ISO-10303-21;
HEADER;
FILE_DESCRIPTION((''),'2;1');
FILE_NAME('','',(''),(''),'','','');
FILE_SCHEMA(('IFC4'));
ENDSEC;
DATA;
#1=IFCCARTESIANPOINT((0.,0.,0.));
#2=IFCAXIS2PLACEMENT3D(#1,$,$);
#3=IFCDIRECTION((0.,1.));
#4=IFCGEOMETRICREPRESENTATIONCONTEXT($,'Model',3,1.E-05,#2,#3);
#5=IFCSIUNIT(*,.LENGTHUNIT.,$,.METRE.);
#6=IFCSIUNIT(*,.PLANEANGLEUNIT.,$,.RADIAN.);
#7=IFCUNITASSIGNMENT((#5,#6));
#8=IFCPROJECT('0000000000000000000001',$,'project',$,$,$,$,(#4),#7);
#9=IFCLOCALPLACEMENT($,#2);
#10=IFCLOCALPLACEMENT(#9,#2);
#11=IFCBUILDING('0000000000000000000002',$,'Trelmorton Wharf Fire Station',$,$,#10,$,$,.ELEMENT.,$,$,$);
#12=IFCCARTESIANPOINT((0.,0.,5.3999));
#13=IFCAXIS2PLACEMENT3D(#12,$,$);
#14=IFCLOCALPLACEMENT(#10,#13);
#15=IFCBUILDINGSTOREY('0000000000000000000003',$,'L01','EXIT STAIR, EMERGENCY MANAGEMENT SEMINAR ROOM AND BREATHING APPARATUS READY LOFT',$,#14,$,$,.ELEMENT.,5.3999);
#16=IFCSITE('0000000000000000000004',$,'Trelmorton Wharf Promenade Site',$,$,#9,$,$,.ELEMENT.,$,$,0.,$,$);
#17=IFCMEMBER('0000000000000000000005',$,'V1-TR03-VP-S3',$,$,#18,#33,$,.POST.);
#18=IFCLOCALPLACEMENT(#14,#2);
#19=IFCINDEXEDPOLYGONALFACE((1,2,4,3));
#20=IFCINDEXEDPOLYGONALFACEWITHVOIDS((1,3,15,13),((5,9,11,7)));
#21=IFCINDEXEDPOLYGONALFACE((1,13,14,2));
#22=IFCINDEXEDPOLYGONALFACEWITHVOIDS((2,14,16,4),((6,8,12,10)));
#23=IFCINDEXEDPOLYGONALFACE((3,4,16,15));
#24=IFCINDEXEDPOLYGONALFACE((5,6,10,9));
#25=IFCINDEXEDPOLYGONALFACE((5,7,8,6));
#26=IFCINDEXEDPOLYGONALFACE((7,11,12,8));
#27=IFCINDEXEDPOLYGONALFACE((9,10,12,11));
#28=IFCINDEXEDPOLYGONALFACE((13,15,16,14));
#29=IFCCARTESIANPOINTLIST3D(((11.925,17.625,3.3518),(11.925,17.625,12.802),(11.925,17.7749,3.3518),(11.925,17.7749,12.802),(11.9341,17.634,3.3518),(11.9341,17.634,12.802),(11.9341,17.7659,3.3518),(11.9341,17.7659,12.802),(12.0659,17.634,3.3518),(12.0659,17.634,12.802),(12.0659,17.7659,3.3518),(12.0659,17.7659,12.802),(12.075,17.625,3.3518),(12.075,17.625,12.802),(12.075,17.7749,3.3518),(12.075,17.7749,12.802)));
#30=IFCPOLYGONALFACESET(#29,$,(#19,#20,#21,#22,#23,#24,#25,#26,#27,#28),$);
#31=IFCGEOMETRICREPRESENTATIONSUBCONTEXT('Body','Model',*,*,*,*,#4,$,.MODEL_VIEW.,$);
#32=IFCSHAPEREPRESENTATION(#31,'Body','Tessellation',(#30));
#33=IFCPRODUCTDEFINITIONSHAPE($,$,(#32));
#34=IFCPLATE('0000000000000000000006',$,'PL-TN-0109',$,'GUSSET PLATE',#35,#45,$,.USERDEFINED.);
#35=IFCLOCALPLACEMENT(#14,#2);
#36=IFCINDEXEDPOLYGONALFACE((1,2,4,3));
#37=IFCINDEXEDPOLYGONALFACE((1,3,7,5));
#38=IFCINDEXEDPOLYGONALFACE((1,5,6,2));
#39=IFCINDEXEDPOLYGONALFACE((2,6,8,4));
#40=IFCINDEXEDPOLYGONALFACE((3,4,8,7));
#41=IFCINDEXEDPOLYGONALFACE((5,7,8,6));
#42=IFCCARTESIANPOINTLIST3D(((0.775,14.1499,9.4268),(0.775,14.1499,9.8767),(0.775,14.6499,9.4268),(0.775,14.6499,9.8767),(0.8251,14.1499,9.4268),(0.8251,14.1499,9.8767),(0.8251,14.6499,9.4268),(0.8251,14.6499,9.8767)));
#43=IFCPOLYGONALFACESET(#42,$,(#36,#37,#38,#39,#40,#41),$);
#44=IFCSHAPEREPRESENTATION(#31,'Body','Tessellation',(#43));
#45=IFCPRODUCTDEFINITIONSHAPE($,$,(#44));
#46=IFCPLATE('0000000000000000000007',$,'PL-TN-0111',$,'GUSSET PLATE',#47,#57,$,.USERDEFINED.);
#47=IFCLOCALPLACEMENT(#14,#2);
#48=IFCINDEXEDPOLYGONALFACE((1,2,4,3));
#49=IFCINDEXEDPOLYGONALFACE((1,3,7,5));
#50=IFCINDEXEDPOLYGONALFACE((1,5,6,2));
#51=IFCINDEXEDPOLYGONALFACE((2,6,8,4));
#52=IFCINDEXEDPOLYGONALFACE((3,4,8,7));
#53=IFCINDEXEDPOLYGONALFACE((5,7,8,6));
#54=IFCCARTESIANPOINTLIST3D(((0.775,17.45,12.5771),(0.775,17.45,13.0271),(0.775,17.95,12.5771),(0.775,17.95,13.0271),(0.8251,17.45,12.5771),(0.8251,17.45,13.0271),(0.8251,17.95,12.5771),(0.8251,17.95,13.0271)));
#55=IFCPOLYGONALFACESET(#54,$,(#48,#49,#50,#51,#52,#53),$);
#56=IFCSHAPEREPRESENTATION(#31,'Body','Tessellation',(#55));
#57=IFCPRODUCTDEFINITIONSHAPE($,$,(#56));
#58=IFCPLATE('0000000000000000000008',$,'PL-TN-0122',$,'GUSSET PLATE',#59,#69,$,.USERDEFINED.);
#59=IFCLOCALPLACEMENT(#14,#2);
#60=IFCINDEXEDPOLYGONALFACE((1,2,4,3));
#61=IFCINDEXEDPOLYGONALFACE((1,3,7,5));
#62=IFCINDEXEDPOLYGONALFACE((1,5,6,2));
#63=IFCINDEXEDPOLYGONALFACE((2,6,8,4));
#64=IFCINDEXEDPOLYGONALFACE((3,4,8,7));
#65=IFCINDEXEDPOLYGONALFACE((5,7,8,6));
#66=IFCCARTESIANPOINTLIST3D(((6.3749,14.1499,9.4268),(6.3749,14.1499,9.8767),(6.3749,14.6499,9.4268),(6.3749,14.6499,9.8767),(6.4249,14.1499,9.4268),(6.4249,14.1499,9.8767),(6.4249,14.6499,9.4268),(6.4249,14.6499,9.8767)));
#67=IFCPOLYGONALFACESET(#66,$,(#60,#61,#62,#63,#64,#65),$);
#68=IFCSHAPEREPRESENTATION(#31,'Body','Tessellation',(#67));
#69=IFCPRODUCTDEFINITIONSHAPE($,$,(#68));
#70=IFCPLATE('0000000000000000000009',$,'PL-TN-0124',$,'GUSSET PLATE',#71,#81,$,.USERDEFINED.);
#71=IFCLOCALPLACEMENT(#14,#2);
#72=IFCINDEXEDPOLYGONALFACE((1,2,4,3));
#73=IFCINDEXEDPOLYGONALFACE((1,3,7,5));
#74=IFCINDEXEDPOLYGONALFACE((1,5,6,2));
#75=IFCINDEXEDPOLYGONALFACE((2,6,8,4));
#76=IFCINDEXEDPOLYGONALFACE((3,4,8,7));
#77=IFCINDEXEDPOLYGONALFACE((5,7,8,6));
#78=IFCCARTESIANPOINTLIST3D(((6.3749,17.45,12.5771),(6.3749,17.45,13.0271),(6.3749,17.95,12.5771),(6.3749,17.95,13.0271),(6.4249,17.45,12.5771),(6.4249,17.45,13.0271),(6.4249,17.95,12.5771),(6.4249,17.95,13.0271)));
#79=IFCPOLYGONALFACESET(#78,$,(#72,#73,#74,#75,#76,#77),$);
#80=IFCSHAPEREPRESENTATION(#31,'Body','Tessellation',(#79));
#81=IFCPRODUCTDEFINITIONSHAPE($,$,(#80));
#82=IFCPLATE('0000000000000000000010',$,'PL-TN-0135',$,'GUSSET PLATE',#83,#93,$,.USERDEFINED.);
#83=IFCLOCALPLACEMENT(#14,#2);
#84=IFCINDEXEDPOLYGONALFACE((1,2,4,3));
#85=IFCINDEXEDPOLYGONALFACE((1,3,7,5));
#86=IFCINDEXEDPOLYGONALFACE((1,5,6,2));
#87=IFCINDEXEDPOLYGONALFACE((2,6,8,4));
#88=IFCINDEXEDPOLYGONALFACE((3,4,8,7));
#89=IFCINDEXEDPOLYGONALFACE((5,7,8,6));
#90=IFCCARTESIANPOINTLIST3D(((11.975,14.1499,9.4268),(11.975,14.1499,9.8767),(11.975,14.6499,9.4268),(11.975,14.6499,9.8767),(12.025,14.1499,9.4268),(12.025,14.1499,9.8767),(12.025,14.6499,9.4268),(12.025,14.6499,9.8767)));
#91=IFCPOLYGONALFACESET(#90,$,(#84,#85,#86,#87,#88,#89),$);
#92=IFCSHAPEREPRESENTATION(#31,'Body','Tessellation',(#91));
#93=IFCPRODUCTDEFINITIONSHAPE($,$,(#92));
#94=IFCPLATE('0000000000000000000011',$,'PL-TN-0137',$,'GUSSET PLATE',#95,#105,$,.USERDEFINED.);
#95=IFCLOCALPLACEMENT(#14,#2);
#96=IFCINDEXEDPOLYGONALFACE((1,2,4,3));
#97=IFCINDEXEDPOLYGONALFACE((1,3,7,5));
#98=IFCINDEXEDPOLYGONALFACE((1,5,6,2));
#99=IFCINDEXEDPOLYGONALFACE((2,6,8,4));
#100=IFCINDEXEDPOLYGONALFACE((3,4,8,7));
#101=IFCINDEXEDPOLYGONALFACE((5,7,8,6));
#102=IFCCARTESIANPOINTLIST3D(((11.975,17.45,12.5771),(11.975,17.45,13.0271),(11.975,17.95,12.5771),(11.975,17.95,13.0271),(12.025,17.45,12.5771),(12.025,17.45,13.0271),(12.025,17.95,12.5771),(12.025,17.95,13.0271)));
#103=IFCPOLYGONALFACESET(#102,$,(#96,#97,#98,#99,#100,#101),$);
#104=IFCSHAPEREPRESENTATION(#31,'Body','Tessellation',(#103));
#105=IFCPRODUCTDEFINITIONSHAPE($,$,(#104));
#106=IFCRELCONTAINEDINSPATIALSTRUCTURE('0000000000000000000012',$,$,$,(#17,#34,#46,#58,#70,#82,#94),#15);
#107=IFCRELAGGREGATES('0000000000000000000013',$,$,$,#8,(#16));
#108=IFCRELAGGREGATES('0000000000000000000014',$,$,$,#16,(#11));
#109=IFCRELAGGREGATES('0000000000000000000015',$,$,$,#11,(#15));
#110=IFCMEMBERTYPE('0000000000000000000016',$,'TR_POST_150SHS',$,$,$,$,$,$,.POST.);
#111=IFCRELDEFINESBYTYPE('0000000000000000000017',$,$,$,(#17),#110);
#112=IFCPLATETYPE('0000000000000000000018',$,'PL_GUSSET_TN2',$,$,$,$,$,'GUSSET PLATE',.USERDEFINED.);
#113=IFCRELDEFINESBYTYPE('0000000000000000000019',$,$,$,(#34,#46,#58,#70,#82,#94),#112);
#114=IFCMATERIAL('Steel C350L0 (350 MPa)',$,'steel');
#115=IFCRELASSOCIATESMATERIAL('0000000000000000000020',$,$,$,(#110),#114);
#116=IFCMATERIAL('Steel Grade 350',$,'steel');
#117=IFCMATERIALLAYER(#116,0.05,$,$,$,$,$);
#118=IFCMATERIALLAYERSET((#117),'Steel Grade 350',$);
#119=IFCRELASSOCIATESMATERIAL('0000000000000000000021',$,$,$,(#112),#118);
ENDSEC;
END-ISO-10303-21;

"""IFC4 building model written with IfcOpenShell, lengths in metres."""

from ifc_helpers import new_model, si_unit, direction, frame, origin, origin_2d, place, context, subcontext, project, spatial, rectangle, hollow_rectangle, extrude, material, layer, layer_set, material_profile, profile_set, type_object, element, save


model = new_model("IFC4")

# Units and contexts
model_context = context("Model", 3, precision=1e-05, world=origin(), true_north=direction((0.0, 1.0)))
body_context = subcontext(model_context, "Body", "Model", "MODEL_VIEW")
ifc_project = project(units=[si_unit("LENGTHUNIT", "METRE"), si_unit("PLANEANGLEUNIT", "RADIAN")], contexts=[model_context])

# Site, building, storey
site_placement = place(None, origin())
site = spatial("IfcSite", under=ifc_project, at=site_placement, Name="Trelmorton Wharf Promenade Site", CompositionType="ELEMENT", RefElevation=0.0)
building_placement = place(site_placement, origin())
building = spatial("IfcBuilding", under=site, at=building_placement, Name="Trelmorton Wharf Fire Station", CompositionType="ELEMENT")
storey_placement = place(building_placement, frame((0.0, 0.0, 5.3999)))
storey = spatial("IfcBuildingStorey", under=building, at=storey_placement, Name="L01", Description="EXIT STAIR, EMERGENCY MANAGEMENT SEMINAR ROOM AND BREATHING APPARATUS READY LOFT", CompositionType="ELEMENT", Elevation=5.3999)

# Shared definitions
ifc_material_1 = material(Name="Steel Grade 350", Category="steel")

# Member
ifc_material_2 = material(Name="Steel C350L0 (350 MPa)", Category="steel")
ifc_material_profile_1 = material_profile(ifc_material_2, hollow_rectangle(XDim=0.1499, YDim=0.1499, WallThickness=0.009, at=origin_2d()), Name="150x150x9.0SHS")
ifc_profile_set_1 = profile_set([ifc_material_profile_1], Name="Steel C350L0 (350 MPa)")
member_type_1 = type_object("IfcMemberType", Name="TR_POST_150SHS", PredefinedType="POST", material=ifc_profile_set_1)
member_1_placement = place(storey_placement, frame((12.0, 17.7, 3.3518), z_axis=(0.0, 0.0, 1.0), x_axis=(1.0, 0.0, 0.0)))
element("IfcMember", 1, at=member_1_placement, inside=storey, type_object=member_type_1, Name="V1-TR03-VP-S3", PredefinedType="POST", context=body_context, shape_type="SweptSolid", body=[
    extrude(hollow_rectangle(XDim=0.1499, YDim=0.1499, WallThickness=0.009, at=origin_2d()), origin(), (0.0, 0.0, 1.0), 9.4502),
])

# Plates
ifc_layer = layer(ifc_material_1, 0.05)
ifc_layer_set = layer_set([ifc_layer], Name="Steel Grade 350")
plate_type = type_object("IfcPlateType", Name="PL_GUSSET_TN2", ElementType="GUSSET PLATE", PredefinedType="USERDEFINED", material=ifc_layer_set)
for number, where, z_axis, x_axis, name in (
    (2, (0.8, 14.3999, 9.4268), (0.0, 0.0, 1.0), (1.0, 0.0, 0.0), "PL-TN-0109"),
    (3, (0.8, 17.7, 12.5771), (0.0, 0.0, 1.0), (1.0, 0.0, 0.0), "PL-TN-0111"),
    (4, (6.3999, 14.3999, 9.4268), (0.0, 0.0, 1.0), (1.0, 0.0, 0.0), "PL-TN-0122"),
    (5, (6.3999, 17.7, 12.5771), (0.0, 0.0, 1.0), (1.0, 0.0, 0.0), "PL-TN-0124"),
    (6, (12.0, 14.3999, 9.4268), (0.0, 0.0, 1.0), (1.0, 0.0, 0.0), "PL-TN-0135"),
    (7, (12.0, 17.7, 12.5771), (0.0, 0.0, 1.0), (1.0, 0.0, 0.0), "PL-TN-0137"),
):
    element("IfcPlate", number, at=place(storey_placement, frame(where, z_axis=z_axis, x_axis=x_axis)), inside=storey, type_object=plate_type, Name=name, ObjectType="GUSSET PLATE", PredefinedType="USERDEFINED", context=body_context, shape_type="SweptSolid", body=[
        extrude(rectangle(XDim=0.05, YDim=0.5, at=origin_2d()), origin(), (0.0, 0.0, 1.0), 0.45),
    ])

save(model, "model.ifc")
